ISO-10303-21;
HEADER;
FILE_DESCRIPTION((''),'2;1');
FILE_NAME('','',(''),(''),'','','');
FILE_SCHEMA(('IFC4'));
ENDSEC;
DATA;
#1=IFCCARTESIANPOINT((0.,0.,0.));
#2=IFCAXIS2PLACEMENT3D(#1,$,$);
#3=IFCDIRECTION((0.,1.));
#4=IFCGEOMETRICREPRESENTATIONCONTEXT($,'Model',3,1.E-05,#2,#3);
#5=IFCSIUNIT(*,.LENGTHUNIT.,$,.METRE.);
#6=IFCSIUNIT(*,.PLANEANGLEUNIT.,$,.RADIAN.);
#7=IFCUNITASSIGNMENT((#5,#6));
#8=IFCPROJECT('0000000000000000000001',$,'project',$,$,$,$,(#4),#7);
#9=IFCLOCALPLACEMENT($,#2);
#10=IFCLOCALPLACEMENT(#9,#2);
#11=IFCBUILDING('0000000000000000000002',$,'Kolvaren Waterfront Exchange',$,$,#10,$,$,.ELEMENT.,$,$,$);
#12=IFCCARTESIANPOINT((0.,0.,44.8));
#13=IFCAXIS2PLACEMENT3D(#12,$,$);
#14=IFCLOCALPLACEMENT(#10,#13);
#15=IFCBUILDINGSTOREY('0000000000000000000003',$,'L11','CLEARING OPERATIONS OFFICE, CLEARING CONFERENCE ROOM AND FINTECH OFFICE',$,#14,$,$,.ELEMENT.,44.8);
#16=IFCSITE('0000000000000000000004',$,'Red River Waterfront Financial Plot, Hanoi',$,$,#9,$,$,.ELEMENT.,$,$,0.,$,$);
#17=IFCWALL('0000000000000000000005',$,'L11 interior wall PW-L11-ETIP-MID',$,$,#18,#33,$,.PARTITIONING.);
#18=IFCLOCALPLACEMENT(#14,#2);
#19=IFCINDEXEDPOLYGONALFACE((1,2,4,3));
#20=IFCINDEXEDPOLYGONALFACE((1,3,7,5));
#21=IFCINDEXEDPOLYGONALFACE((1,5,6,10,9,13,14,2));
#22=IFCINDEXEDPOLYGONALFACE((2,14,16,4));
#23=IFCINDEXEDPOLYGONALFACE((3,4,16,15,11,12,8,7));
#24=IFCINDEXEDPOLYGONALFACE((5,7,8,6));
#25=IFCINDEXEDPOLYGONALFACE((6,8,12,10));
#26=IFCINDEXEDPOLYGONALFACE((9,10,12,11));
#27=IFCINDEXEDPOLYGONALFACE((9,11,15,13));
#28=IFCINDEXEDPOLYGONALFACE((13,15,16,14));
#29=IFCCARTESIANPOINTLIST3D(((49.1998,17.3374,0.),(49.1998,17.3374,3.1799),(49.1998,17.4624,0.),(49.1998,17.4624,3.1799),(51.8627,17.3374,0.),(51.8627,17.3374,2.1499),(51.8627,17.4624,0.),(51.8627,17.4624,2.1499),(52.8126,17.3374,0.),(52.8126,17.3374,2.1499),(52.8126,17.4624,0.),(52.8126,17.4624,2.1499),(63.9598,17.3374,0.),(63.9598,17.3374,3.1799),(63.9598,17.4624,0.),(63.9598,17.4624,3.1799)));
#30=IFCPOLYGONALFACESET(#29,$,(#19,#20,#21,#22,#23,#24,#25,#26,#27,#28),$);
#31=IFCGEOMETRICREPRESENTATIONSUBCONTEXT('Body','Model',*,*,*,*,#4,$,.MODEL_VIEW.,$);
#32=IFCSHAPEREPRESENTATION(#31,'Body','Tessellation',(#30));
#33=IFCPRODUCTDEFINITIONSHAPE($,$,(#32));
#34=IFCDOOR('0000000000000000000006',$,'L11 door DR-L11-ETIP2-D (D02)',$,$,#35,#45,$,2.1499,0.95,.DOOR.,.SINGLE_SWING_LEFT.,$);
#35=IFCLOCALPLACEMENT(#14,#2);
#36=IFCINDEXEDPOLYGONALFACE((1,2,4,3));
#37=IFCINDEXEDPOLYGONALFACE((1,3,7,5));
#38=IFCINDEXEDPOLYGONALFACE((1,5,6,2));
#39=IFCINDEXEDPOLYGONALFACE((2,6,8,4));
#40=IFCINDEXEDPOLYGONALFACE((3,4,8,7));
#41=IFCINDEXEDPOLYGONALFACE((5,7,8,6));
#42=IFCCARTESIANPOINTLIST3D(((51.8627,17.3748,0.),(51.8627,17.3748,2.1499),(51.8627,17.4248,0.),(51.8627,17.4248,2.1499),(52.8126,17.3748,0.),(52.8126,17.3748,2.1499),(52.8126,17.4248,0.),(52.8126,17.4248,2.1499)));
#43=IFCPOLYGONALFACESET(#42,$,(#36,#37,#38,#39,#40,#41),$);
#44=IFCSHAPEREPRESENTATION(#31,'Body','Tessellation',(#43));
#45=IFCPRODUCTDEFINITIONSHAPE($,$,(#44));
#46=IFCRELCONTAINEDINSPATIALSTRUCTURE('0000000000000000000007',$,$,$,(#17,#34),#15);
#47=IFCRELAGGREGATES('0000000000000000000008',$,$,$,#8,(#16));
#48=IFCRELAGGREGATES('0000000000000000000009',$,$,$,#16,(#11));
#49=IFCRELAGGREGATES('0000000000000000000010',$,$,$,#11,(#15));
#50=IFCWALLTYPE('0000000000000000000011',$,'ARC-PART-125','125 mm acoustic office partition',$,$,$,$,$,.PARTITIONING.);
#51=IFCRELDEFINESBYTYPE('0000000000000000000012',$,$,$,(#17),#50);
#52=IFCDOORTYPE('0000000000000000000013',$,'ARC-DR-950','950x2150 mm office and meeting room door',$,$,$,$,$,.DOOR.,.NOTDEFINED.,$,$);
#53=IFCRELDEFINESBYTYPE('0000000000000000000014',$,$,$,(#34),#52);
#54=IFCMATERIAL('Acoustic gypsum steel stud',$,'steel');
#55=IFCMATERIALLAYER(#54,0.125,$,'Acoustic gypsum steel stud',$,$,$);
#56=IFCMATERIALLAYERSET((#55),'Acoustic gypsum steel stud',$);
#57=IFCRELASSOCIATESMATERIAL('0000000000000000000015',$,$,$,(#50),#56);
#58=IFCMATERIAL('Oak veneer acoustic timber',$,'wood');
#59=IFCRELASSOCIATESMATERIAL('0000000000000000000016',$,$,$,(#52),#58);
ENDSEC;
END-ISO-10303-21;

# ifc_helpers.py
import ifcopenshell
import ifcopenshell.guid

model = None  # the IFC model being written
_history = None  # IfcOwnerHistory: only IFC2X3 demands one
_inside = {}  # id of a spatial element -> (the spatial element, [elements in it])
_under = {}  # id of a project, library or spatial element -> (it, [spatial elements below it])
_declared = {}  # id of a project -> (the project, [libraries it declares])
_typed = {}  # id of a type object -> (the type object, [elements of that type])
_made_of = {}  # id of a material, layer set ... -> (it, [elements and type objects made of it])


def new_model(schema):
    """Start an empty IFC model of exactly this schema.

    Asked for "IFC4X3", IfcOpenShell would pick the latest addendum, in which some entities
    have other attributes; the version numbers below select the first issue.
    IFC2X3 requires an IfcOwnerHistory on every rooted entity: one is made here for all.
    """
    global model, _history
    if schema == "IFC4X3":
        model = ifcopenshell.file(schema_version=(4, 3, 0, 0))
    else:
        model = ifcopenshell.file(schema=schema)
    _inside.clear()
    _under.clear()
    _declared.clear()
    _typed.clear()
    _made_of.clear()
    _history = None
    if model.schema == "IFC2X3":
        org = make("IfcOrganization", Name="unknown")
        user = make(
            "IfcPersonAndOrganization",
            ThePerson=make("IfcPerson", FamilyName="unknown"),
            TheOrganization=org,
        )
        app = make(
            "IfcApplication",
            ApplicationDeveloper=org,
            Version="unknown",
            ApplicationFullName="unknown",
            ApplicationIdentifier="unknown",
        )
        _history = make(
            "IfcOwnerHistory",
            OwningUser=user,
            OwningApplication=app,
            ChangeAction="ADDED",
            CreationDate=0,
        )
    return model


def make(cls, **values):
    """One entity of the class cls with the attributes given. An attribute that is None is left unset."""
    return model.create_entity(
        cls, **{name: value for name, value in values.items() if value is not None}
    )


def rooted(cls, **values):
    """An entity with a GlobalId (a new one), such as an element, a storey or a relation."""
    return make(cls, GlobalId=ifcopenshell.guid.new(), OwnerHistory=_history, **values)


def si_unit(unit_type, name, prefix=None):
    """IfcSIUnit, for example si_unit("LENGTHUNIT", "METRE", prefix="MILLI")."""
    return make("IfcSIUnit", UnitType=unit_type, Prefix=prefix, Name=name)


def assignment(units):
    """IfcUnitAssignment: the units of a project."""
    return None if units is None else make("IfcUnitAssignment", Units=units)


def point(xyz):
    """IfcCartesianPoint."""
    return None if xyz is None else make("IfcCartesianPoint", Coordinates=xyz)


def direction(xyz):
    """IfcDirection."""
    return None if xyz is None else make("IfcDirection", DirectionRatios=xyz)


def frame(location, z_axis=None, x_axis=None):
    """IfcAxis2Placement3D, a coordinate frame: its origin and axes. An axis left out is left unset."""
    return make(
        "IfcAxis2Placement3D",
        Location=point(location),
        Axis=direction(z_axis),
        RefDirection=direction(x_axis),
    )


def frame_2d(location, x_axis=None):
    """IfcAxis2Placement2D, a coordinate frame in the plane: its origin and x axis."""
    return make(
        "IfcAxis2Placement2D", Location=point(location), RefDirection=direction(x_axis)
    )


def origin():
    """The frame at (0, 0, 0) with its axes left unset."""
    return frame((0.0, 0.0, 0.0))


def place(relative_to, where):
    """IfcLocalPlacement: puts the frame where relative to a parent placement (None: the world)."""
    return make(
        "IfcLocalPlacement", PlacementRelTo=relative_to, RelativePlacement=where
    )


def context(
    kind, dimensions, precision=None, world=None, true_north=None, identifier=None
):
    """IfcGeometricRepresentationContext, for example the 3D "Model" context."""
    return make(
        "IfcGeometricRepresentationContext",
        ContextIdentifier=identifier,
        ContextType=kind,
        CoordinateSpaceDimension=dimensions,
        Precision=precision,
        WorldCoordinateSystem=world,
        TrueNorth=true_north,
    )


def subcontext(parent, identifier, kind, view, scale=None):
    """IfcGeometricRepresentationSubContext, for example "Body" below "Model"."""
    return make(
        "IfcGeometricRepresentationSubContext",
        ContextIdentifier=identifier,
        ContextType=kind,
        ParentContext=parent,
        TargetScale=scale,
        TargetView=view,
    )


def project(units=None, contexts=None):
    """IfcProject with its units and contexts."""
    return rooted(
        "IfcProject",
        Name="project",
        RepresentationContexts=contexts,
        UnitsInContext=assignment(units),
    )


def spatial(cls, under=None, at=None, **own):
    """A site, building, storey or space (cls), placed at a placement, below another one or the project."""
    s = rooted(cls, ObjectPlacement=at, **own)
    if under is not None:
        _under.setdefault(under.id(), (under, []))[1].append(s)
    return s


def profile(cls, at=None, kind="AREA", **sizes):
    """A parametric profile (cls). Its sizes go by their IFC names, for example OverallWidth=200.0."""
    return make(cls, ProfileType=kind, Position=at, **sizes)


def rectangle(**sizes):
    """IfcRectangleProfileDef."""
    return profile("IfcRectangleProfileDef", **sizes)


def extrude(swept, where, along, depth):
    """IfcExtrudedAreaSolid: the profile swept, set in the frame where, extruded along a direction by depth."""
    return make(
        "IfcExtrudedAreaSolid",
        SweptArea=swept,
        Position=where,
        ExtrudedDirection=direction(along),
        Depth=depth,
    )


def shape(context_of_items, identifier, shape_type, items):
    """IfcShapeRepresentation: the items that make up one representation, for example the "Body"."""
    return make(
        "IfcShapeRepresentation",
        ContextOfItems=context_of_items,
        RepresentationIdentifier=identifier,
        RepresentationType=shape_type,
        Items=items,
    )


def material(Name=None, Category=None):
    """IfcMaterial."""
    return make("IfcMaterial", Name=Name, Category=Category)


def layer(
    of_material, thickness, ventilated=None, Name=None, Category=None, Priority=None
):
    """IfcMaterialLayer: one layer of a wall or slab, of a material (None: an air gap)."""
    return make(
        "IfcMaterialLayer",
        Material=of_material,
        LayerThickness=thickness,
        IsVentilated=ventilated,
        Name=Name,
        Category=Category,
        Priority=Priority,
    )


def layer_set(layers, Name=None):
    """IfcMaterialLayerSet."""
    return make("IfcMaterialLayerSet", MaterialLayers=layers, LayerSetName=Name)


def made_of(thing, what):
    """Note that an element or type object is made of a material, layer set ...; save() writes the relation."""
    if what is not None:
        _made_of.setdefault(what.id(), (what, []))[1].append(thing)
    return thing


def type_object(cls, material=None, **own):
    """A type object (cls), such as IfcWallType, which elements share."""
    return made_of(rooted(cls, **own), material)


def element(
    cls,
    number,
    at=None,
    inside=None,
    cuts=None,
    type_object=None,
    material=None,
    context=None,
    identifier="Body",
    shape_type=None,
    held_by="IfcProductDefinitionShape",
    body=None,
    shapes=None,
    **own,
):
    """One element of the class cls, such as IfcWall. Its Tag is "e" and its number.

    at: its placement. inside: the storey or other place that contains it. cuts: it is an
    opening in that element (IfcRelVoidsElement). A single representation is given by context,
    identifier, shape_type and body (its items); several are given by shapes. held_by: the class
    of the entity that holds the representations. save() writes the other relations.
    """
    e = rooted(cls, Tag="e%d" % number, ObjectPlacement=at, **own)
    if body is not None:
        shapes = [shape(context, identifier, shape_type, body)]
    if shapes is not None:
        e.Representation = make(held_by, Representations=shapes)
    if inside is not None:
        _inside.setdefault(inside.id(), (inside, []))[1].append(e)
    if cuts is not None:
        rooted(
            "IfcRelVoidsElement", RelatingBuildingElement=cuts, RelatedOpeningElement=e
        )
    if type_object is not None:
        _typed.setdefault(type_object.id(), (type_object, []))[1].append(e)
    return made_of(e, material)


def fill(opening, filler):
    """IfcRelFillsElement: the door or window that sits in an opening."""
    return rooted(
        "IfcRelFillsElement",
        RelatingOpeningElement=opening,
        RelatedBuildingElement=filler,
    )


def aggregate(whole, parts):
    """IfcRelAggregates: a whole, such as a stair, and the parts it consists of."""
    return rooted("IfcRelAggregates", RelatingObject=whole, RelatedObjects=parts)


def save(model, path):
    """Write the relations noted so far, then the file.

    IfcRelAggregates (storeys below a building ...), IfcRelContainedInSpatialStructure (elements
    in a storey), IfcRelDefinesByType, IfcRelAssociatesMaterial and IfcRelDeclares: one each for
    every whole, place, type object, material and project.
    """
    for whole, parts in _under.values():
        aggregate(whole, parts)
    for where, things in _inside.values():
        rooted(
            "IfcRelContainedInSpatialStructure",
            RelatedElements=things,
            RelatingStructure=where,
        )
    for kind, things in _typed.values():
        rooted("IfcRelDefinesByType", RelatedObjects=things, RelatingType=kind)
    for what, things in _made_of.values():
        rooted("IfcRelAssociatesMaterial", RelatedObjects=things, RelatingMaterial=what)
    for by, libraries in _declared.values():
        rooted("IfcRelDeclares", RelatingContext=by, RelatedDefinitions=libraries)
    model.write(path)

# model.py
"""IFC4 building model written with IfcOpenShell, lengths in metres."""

from ifc_helpers import new_model, si_unit, direction, frame, frame_2d, origin, place, context, subcontext, project, spatial, rectangle, extrude, material, layer, layer_set, type_object, element, fill, save


model = new_model("IFC4")

# Units and contexts
model_context = context("Model", 3, precision=1e-05, world=origin(), true_north=direction((0.0, 1.0)))
body_context = subcontext(model_context, "Body", "Model", "MODEL_VIEW")
ifc_project = project(units=[si_unit("LENGTHUNIT", "METRE"), si_unit("PLANEANGLEUNIT", "RADIAN")], contexts=[model_context])

# Site, building, storey
site_placement = place(None, origin())
site = spatial("IfcSite", under=ifc_project, at=site_placement, Name="Red River Waterfront Financial Plot, Hanoi", CompositionType="ELEMENT", RefElevation=0.0)
building_placement = place(site_placement, origin())
building = spatial("IfcBuilding", under=site, at=building_placement, Name="Kolvaren Waterfront Exchange", CompositionType="ELEMENT")
storey_placement = place(building_placement, frame((0.0, 0.0, 44.8)))
storey = spatial("IfcBuildingStorey", under=building, at=storey_placement, Name="L11", Description="CLEARING OPERATIONS OFFICE, CLEARING CONFERENCE ROOM AND FINTECH OFFICE", CompositionType="ELEMENT", Elevation=44.8)

# Wall, opening, door
ifc_material_1 = material(Name="Acoustic gypsum steel stud", Category="steel")
ifc_layer_1 = layer(ifc_material_1, 0.125, Name="Acoustic gypsum steel stud")
ifc_layer_set_1 = layer_set([ifc_layer_1], Name="Acoustic gypsum steel stud")
wall_type_1 = type_object("IfcWallType", Name="ARC-PART-125", Description="125 mm acoustic office partition", PredefinedType="PARTITIONING", material=ifc_layer_set_1)
wall_1_placement = place(storey_placement, frame((49.2, 17.3999, 0.0), z_axis=(0.0, 0.0, 1.0), x_axis=(1.0, 0.0, 0.0)))
wall_1 = element("IfcWall", 1, at=wall_1_placement, inside=storey, type_object=wall_type_1, Name="L11 interior wall PW-L11-ETIP-MID", PredefinedType="PARTITIONING", context=body_context, shape_type="SweptSolid", body=[
    extrude(rectangle(XDim=14.76, YDim=0.125, at=frame_2d((7.3799, 0.0))), origin(), (0.0, 0.0, 1.0), 3.1799),
])
opening_placement = place(wall_1_placement, frame((2.6626, 0.0, 0.0)))
opening = element("IfcOpeningElement", 2, at=opening_placement, cuts=wall_1, PredefinedType="OPENING", context=body_context, shape_type="SweptSolid", body=[
    extrude(rectangle(XDim=0.95, YDim=2.1499, at=frame_2d((0.4751, 1.075))), frame((0.0, 0.0725, 0.0), z_axis=(0.0, -1.0, 0.0), x_axis=(1.0, 0.0, 0.0)), (0.0, 0.0, 1.0), 0.145),
])
ifc_material_2 = material(Name="Oak veneer acoustic timber", Category="wood")
door_type = type_object("IfcDoorType", Name="ARC-DR-950", Description="950x2150 mm office and meeting room door", OperationType="NOTDEFINED", PredefinedType="DOOR", material=ifc_material_2)
door_placement = place(opening_placement, origin())
door = element("IfcDoor", 3, at=door_placement, inside=storey, type_object=door_type, Name="L11 door DR-L11-ETIP2-D (D02)", OperationType="SINGLE_SWING_LEFT", OverallHeight=2.1499, OverallWidth=0.95, PredefinedType="DOOR", context=body_context, shape_type="SweptSolid", body=[
    extrude(rectangle(XDim=0.95, YDim=2.1499, at=frame_2d((0.4751, 1.075))), frame((0.0, 0.0249, 0.0), z_axis=(0.0, -1.0, 0.0), x_axis=(1.0, 0.0, 0.0)), (0.0, 0.0, 1.0), 0.05),
])
fill(opening, door)

save(model, "model.ifc")
